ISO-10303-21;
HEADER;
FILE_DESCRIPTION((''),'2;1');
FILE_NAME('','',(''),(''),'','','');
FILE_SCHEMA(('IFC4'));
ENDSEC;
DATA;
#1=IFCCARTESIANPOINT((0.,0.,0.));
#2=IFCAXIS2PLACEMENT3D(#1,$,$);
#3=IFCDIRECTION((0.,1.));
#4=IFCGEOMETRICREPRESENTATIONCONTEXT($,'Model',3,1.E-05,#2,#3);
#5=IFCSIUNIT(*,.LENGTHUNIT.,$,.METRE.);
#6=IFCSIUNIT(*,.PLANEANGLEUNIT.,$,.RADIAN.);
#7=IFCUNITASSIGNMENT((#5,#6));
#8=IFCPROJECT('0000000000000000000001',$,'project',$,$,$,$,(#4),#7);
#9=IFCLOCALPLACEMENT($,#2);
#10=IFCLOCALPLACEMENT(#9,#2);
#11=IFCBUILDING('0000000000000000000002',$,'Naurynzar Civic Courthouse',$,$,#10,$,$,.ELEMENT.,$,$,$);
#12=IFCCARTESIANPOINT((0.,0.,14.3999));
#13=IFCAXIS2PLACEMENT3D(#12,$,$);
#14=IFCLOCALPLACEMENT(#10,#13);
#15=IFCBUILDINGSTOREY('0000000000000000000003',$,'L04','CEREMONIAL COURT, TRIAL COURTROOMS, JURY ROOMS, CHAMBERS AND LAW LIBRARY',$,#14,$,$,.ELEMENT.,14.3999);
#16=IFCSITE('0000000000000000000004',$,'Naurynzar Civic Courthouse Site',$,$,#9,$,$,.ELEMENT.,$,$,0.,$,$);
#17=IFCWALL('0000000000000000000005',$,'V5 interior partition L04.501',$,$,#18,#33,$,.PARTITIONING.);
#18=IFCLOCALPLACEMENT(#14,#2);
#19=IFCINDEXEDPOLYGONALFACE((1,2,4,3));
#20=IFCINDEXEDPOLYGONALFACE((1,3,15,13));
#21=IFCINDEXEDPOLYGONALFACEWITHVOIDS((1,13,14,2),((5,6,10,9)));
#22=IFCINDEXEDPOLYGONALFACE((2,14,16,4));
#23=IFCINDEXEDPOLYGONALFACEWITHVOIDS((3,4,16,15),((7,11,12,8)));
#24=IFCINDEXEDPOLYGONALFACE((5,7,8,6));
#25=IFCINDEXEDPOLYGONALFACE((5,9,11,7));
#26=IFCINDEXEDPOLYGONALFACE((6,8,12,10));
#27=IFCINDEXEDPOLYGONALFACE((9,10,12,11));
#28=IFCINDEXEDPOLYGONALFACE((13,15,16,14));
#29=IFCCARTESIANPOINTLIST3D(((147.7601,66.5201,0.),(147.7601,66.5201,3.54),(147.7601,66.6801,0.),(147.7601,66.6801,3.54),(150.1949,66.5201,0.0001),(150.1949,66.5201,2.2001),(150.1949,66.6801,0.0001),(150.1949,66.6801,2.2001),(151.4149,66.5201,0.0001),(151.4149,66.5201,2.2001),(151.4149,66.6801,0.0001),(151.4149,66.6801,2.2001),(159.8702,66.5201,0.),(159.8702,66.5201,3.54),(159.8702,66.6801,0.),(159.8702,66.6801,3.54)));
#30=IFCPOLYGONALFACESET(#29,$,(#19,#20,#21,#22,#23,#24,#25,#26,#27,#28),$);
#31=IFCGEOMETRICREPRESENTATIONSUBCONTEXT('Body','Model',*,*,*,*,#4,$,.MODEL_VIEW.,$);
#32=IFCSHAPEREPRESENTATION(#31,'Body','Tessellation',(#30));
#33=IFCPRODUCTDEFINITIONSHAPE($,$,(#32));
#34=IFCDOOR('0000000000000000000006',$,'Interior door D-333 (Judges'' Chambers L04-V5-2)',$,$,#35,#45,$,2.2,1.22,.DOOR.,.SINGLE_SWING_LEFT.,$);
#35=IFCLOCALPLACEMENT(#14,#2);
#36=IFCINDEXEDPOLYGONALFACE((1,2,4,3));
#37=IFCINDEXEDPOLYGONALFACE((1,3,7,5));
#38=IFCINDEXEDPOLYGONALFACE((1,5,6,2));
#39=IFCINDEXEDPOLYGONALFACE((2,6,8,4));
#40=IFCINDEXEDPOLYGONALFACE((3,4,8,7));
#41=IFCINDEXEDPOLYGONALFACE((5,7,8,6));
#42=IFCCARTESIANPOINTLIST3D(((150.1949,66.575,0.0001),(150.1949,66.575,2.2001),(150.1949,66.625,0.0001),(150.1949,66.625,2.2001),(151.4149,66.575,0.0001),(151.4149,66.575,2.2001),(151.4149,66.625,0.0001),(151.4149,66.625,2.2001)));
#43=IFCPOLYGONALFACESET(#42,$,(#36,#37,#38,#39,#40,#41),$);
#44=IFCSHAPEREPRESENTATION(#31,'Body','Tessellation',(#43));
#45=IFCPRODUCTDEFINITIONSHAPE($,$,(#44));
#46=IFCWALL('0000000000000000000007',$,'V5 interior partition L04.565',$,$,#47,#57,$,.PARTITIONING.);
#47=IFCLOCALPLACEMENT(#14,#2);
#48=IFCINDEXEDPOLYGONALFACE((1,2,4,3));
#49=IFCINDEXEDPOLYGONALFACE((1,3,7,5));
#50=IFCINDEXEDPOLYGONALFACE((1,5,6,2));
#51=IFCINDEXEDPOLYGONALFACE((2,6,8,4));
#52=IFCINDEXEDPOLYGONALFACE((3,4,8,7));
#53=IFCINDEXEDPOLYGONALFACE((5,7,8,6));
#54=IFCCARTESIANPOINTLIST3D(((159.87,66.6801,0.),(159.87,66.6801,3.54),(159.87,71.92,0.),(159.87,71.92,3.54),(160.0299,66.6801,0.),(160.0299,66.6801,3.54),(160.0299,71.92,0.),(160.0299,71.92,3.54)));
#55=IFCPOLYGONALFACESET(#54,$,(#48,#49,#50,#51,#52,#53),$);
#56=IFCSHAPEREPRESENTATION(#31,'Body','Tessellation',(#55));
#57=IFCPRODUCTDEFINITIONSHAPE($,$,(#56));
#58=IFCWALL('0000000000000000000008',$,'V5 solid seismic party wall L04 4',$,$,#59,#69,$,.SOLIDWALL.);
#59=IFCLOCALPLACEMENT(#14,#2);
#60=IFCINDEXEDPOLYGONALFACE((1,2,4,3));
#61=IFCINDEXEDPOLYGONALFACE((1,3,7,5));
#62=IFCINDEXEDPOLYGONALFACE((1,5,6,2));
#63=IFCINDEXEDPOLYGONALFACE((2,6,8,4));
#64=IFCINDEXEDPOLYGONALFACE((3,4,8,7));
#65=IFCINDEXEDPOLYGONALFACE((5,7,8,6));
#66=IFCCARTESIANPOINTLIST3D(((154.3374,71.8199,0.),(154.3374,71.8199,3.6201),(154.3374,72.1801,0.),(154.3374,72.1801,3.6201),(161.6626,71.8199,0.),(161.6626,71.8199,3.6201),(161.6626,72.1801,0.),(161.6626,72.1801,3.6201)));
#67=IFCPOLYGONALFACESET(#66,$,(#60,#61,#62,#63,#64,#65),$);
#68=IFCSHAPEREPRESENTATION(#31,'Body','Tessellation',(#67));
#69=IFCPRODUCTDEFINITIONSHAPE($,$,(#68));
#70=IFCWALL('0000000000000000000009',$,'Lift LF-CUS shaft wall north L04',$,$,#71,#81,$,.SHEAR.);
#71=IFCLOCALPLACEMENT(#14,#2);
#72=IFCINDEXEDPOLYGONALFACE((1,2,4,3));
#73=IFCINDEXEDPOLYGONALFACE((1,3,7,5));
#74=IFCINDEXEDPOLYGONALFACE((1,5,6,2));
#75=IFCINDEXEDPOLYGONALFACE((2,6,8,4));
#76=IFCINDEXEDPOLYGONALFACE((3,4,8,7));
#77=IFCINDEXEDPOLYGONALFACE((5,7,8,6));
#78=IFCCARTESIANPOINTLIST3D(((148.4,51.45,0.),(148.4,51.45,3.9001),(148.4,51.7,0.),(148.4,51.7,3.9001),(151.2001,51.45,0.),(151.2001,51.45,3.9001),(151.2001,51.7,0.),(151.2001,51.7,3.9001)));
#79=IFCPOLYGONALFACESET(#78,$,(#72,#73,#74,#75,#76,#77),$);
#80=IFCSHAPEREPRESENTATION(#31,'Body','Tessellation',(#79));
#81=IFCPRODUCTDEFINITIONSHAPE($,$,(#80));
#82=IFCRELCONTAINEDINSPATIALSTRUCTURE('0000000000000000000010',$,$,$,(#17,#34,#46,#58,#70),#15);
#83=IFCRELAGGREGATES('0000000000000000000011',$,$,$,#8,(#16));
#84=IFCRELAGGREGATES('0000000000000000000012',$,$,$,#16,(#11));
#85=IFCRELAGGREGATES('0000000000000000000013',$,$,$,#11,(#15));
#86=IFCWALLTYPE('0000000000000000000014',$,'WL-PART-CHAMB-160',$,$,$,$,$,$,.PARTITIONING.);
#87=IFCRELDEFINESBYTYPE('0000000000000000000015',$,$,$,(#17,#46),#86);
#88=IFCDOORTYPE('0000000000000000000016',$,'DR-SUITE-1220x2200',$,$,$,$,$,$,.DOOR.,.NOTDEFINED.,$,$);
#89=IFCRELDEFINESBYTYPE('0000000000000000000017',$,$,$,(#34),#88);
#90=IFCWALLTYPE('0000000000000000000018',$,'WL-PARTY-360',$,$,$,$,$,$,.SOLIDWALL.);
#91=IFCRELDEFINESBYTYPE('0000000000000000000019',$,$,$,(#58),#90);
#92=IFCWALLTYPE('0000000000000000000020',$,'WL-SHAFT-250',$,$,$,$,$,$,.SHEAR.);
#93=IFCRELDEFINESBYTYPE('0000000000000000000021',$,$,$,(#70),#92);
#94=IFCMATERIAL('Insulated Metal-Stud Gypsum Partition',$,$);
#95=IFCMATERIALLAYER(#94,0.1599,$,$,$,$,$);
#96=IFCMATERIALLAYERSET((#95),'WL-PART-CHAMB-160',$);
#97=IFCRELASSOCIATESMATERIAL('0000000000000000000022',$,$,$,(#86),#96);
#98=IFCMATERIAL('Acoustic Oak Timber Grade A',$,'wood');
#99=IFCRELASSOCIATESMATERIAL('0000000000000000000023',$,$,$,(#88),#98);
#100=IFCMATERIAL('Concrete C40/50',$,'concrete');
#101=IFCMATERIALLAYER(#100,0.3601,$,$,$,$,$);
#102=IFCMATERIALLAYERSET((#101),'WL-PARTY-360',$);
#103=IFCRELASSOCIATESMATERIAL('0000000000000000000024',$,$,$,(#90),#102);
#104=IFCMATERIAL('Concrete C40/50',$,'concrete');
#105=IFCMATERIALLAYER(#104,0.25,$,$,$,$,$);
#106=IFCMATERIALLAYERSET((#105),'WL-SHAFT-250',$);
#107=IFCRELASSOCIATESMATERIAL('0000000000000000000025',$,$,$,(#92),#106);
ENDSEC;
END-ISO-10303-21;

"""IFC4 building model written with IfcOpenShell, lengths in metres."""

from ifc_helpers import new_model, si_unit, direction, frame, frame_2d, origin, place, context, subcontext, project, spatial, rectangle, extrude, material, layer, layer_set, type_object, element, fill, save


model = new_model("IFC4")

# Units and contexts
model_context = context("Model", 3, precision=1e-05, world=origin(), true_north=direction((0.0, 1.0)))
body_context = subcontext(model_context, "Body", "Model", "MODEL_VIEW")
ifc_project = project(units=[si_unit("LENGTHUNIT", "METRE"), si_unit("PLANEANGLEUNIT", "RADIAN")], contexts=[model_context])

# Site, building, storey
site_placement = place(None, origin())
site = spatial("IfcSite", under=ifc_project, at=site_placement, Name="Naurynzar Civic Courthouse Site", CompositionType="ELEMENT", RefElevation=0.0)
building_placement = place(site_placement, origin())
building = spatial("IfcBuilding", under=site, at=building_placement, Name="Naurynzar Civic Courthouse", CompositionType="ELEMENT")
storey_placement = place(building_placement, frame((0.0, 0.0, 14.3999)))
storey = spatial("IfcBuildingStorey", under=building, at=storey_placement, Name="L04", Description="CEREMONIAL COURT, TRIAL COURTROOMS, JURY ROOMS, CHAMBERS AND LAW LIBRARY", CompositionType="ELEMENT", Elevation=14.3999)

# Wall, opening, door
ifc_material_1 = material(Name="Insulated Metal-Stud Gypsum Partition")
ifc_layer_1 = layer(ifc_material_1, 0.1599)
ifc_layer_set_1 = layer_set([ifc_layer_1], Name="WL-PART-CHAMB-160")
wall_type_1 = type_object("IfcWallType", Name="WL-PART-CHAMB-160", PredefinedType="PARTITIONING", material=ifc_layer_set_1)
wall_1_placement = place(storey_placement, frame((147.76, 66.6001, 0.0), z_axis=(0.0, 0.0, 1.0), x_axis=(1.0, 0.0, 0.0)))
wall_1 = element("IfcWall", 1, at=wall_1_placement, inside=storey, type_object=wall_type_1, Name="V5 interior partition L04.501", PredefinedType="PARTITIONING", context=body_context, shape_type="SweptSolid", body=[
    extrude(rectangle(XDim=12.1101, YDim=0.1599, at=frame_2d((6.0552, 0.0))), origin(), (0.0, 0.0, 1.0), 3.54),
])
opening_1_placement = place(wall_1_placement, frame((2.4351, 0.0, 0.0)))
opening_1 = element("IfcOpeningElement", 2, at=opening_1_placement, cuts=wall_1, PredefinedType="OPENING", context=body_context, shape_type="SweptSolid", body=[
    extrude(rectangle(XDim=1.22, YDim=2.2, at=frame_2d((0.6099, 1.1001))), frame((0.0, 0.0898, 0.0), z_axis=(0.0, -1.0, 0.0), x_axis=(1.0, 0.0, 0.0)), (0.0, 0.0, 1.0), 0.1799),
])
ifc_material_2 = material(Name="Acoustic Oak Timber Grade A", Category="wood")
door_type_1 = type_object("IfcDoorType", Name="DR-SUITE-1220x2200", OperationType="NOTDEFINED", PredefinedType="DOOR", material=ifc_material_2)
door_1_placement = place(opening_1_placement, origin())
door_1 = element("IfcDoor", 3, at=door_1_placement, inside=storey, type_object=door_type_1, Name="Interior door D-333 (Judges' Chambers L04-V5-2)", OperationType="SINGLE_SWING_LEFT", OverallHeight=2.2, OverallWidth=1.22, PredefinedType="DOOR", context=body_context, shape_type="SweptSolid", body=[
    extrude(rectangle(XDim=1.22, YDim=2.2, at=frame_2d((0.6099, 1.1001))), frame((0.0, 0.0249, 0.0), z_axis=(0.0, -1.0, 0.0), x_axis=(1.0, 0.0, 0.0)), (0.0, 0.0, 1.0), 0.05),
])
fill(opening_1, door_1)

# Walls
wall_2_placement = place(storey_placement, frame((159.95, 66.6799, 0.0), z_axis=(0.0, 0.0, 1.0), x_axis=(0.0, 1.0, 0.0)))
element("IfcWall", 4, at=wall_2_placement, inside=storey, type_object=wall_type_1, Name="V5 interior partition L04.565", PredefinedType="PARTITIONING", context=body_context, shape_type="SweptSolid", body=[
    extrude(rectangle(XDim=5.24, YDim=0.1599, at=frame_2d((2.6201, 0.0))), origin(), (0.0, 0.0, 1.0), 3.54),
])
ifc_material_3 = material(Name="Concrete C40/50", Category="concrete")
ifc_layer_2 = layer(ifc_material_3, 0.3601)
ifc_layer_set_2 = layer_set([ifc_layer_2], Name="WL-PARTY-360")
wall_type_2 = type_object("IfcWallType", Name="WL-PARTY-360", PredefinedType="SOLIDWALL", material=ifc_layer_set_2)
wall_3_placement = place(storey_placement, frame((154.3374, 72.0, 0.0), z_axis=(0.0, 0.0, 1.0), x_axis=(1.0, 0.0, 0.0)))
element("IfcWall", 5, at=wall_3_placement, inside=storey, type_object=wall_type_2, Name="V5 solid seismic party wall L04 4", PredefinedType="SOLIDWALL", context=body_context, shape_type="SweptSolid", body=[
    extrude(rectangle(XDim=7.3252, YDim=0.3601, at=frame_2d((3.6626, 0.0))), origin(), (0.0, 0.0, 1.0), 3.6201),
])
ifc_material_4 = material(Name="Concrete C40/50", Category="concrete")
ifc_layer_3 = layer(ifc_material_4, 0.25)
ifc_layer_set_3 = layer_set([ifc_layer_3], Name="WL-SHAFT-250")
wall_type_3 = type_object("IfcWallType", Name="WL-SHAFT-250", PredefinedType="SHEAR", material=ifc_layer_set_3)
wall_4_placement = place(storey_placement, frame((151.2, 51.575, 0.0), z_axis=(0.0, 0.0, 1.0), x_axis=(-1.0, 0.0, 0.0)))
element("IfcWall", 6, at=wall_4_placement, inside=storey, type_object=wall_type_3, Name="Lift LF-CUS shaft wall north L04", PredefinedType="SHEAR", context=body_context, shape_type="SweptSolid", body=[
    extrude(rectangle(XDim=2.8, YDim=0.25, at=frame_2d((1.3999, 0.0))), origin(), (0.0, 0.0, 1.0), 3.9001),
])

save(model, "model.ifc")
